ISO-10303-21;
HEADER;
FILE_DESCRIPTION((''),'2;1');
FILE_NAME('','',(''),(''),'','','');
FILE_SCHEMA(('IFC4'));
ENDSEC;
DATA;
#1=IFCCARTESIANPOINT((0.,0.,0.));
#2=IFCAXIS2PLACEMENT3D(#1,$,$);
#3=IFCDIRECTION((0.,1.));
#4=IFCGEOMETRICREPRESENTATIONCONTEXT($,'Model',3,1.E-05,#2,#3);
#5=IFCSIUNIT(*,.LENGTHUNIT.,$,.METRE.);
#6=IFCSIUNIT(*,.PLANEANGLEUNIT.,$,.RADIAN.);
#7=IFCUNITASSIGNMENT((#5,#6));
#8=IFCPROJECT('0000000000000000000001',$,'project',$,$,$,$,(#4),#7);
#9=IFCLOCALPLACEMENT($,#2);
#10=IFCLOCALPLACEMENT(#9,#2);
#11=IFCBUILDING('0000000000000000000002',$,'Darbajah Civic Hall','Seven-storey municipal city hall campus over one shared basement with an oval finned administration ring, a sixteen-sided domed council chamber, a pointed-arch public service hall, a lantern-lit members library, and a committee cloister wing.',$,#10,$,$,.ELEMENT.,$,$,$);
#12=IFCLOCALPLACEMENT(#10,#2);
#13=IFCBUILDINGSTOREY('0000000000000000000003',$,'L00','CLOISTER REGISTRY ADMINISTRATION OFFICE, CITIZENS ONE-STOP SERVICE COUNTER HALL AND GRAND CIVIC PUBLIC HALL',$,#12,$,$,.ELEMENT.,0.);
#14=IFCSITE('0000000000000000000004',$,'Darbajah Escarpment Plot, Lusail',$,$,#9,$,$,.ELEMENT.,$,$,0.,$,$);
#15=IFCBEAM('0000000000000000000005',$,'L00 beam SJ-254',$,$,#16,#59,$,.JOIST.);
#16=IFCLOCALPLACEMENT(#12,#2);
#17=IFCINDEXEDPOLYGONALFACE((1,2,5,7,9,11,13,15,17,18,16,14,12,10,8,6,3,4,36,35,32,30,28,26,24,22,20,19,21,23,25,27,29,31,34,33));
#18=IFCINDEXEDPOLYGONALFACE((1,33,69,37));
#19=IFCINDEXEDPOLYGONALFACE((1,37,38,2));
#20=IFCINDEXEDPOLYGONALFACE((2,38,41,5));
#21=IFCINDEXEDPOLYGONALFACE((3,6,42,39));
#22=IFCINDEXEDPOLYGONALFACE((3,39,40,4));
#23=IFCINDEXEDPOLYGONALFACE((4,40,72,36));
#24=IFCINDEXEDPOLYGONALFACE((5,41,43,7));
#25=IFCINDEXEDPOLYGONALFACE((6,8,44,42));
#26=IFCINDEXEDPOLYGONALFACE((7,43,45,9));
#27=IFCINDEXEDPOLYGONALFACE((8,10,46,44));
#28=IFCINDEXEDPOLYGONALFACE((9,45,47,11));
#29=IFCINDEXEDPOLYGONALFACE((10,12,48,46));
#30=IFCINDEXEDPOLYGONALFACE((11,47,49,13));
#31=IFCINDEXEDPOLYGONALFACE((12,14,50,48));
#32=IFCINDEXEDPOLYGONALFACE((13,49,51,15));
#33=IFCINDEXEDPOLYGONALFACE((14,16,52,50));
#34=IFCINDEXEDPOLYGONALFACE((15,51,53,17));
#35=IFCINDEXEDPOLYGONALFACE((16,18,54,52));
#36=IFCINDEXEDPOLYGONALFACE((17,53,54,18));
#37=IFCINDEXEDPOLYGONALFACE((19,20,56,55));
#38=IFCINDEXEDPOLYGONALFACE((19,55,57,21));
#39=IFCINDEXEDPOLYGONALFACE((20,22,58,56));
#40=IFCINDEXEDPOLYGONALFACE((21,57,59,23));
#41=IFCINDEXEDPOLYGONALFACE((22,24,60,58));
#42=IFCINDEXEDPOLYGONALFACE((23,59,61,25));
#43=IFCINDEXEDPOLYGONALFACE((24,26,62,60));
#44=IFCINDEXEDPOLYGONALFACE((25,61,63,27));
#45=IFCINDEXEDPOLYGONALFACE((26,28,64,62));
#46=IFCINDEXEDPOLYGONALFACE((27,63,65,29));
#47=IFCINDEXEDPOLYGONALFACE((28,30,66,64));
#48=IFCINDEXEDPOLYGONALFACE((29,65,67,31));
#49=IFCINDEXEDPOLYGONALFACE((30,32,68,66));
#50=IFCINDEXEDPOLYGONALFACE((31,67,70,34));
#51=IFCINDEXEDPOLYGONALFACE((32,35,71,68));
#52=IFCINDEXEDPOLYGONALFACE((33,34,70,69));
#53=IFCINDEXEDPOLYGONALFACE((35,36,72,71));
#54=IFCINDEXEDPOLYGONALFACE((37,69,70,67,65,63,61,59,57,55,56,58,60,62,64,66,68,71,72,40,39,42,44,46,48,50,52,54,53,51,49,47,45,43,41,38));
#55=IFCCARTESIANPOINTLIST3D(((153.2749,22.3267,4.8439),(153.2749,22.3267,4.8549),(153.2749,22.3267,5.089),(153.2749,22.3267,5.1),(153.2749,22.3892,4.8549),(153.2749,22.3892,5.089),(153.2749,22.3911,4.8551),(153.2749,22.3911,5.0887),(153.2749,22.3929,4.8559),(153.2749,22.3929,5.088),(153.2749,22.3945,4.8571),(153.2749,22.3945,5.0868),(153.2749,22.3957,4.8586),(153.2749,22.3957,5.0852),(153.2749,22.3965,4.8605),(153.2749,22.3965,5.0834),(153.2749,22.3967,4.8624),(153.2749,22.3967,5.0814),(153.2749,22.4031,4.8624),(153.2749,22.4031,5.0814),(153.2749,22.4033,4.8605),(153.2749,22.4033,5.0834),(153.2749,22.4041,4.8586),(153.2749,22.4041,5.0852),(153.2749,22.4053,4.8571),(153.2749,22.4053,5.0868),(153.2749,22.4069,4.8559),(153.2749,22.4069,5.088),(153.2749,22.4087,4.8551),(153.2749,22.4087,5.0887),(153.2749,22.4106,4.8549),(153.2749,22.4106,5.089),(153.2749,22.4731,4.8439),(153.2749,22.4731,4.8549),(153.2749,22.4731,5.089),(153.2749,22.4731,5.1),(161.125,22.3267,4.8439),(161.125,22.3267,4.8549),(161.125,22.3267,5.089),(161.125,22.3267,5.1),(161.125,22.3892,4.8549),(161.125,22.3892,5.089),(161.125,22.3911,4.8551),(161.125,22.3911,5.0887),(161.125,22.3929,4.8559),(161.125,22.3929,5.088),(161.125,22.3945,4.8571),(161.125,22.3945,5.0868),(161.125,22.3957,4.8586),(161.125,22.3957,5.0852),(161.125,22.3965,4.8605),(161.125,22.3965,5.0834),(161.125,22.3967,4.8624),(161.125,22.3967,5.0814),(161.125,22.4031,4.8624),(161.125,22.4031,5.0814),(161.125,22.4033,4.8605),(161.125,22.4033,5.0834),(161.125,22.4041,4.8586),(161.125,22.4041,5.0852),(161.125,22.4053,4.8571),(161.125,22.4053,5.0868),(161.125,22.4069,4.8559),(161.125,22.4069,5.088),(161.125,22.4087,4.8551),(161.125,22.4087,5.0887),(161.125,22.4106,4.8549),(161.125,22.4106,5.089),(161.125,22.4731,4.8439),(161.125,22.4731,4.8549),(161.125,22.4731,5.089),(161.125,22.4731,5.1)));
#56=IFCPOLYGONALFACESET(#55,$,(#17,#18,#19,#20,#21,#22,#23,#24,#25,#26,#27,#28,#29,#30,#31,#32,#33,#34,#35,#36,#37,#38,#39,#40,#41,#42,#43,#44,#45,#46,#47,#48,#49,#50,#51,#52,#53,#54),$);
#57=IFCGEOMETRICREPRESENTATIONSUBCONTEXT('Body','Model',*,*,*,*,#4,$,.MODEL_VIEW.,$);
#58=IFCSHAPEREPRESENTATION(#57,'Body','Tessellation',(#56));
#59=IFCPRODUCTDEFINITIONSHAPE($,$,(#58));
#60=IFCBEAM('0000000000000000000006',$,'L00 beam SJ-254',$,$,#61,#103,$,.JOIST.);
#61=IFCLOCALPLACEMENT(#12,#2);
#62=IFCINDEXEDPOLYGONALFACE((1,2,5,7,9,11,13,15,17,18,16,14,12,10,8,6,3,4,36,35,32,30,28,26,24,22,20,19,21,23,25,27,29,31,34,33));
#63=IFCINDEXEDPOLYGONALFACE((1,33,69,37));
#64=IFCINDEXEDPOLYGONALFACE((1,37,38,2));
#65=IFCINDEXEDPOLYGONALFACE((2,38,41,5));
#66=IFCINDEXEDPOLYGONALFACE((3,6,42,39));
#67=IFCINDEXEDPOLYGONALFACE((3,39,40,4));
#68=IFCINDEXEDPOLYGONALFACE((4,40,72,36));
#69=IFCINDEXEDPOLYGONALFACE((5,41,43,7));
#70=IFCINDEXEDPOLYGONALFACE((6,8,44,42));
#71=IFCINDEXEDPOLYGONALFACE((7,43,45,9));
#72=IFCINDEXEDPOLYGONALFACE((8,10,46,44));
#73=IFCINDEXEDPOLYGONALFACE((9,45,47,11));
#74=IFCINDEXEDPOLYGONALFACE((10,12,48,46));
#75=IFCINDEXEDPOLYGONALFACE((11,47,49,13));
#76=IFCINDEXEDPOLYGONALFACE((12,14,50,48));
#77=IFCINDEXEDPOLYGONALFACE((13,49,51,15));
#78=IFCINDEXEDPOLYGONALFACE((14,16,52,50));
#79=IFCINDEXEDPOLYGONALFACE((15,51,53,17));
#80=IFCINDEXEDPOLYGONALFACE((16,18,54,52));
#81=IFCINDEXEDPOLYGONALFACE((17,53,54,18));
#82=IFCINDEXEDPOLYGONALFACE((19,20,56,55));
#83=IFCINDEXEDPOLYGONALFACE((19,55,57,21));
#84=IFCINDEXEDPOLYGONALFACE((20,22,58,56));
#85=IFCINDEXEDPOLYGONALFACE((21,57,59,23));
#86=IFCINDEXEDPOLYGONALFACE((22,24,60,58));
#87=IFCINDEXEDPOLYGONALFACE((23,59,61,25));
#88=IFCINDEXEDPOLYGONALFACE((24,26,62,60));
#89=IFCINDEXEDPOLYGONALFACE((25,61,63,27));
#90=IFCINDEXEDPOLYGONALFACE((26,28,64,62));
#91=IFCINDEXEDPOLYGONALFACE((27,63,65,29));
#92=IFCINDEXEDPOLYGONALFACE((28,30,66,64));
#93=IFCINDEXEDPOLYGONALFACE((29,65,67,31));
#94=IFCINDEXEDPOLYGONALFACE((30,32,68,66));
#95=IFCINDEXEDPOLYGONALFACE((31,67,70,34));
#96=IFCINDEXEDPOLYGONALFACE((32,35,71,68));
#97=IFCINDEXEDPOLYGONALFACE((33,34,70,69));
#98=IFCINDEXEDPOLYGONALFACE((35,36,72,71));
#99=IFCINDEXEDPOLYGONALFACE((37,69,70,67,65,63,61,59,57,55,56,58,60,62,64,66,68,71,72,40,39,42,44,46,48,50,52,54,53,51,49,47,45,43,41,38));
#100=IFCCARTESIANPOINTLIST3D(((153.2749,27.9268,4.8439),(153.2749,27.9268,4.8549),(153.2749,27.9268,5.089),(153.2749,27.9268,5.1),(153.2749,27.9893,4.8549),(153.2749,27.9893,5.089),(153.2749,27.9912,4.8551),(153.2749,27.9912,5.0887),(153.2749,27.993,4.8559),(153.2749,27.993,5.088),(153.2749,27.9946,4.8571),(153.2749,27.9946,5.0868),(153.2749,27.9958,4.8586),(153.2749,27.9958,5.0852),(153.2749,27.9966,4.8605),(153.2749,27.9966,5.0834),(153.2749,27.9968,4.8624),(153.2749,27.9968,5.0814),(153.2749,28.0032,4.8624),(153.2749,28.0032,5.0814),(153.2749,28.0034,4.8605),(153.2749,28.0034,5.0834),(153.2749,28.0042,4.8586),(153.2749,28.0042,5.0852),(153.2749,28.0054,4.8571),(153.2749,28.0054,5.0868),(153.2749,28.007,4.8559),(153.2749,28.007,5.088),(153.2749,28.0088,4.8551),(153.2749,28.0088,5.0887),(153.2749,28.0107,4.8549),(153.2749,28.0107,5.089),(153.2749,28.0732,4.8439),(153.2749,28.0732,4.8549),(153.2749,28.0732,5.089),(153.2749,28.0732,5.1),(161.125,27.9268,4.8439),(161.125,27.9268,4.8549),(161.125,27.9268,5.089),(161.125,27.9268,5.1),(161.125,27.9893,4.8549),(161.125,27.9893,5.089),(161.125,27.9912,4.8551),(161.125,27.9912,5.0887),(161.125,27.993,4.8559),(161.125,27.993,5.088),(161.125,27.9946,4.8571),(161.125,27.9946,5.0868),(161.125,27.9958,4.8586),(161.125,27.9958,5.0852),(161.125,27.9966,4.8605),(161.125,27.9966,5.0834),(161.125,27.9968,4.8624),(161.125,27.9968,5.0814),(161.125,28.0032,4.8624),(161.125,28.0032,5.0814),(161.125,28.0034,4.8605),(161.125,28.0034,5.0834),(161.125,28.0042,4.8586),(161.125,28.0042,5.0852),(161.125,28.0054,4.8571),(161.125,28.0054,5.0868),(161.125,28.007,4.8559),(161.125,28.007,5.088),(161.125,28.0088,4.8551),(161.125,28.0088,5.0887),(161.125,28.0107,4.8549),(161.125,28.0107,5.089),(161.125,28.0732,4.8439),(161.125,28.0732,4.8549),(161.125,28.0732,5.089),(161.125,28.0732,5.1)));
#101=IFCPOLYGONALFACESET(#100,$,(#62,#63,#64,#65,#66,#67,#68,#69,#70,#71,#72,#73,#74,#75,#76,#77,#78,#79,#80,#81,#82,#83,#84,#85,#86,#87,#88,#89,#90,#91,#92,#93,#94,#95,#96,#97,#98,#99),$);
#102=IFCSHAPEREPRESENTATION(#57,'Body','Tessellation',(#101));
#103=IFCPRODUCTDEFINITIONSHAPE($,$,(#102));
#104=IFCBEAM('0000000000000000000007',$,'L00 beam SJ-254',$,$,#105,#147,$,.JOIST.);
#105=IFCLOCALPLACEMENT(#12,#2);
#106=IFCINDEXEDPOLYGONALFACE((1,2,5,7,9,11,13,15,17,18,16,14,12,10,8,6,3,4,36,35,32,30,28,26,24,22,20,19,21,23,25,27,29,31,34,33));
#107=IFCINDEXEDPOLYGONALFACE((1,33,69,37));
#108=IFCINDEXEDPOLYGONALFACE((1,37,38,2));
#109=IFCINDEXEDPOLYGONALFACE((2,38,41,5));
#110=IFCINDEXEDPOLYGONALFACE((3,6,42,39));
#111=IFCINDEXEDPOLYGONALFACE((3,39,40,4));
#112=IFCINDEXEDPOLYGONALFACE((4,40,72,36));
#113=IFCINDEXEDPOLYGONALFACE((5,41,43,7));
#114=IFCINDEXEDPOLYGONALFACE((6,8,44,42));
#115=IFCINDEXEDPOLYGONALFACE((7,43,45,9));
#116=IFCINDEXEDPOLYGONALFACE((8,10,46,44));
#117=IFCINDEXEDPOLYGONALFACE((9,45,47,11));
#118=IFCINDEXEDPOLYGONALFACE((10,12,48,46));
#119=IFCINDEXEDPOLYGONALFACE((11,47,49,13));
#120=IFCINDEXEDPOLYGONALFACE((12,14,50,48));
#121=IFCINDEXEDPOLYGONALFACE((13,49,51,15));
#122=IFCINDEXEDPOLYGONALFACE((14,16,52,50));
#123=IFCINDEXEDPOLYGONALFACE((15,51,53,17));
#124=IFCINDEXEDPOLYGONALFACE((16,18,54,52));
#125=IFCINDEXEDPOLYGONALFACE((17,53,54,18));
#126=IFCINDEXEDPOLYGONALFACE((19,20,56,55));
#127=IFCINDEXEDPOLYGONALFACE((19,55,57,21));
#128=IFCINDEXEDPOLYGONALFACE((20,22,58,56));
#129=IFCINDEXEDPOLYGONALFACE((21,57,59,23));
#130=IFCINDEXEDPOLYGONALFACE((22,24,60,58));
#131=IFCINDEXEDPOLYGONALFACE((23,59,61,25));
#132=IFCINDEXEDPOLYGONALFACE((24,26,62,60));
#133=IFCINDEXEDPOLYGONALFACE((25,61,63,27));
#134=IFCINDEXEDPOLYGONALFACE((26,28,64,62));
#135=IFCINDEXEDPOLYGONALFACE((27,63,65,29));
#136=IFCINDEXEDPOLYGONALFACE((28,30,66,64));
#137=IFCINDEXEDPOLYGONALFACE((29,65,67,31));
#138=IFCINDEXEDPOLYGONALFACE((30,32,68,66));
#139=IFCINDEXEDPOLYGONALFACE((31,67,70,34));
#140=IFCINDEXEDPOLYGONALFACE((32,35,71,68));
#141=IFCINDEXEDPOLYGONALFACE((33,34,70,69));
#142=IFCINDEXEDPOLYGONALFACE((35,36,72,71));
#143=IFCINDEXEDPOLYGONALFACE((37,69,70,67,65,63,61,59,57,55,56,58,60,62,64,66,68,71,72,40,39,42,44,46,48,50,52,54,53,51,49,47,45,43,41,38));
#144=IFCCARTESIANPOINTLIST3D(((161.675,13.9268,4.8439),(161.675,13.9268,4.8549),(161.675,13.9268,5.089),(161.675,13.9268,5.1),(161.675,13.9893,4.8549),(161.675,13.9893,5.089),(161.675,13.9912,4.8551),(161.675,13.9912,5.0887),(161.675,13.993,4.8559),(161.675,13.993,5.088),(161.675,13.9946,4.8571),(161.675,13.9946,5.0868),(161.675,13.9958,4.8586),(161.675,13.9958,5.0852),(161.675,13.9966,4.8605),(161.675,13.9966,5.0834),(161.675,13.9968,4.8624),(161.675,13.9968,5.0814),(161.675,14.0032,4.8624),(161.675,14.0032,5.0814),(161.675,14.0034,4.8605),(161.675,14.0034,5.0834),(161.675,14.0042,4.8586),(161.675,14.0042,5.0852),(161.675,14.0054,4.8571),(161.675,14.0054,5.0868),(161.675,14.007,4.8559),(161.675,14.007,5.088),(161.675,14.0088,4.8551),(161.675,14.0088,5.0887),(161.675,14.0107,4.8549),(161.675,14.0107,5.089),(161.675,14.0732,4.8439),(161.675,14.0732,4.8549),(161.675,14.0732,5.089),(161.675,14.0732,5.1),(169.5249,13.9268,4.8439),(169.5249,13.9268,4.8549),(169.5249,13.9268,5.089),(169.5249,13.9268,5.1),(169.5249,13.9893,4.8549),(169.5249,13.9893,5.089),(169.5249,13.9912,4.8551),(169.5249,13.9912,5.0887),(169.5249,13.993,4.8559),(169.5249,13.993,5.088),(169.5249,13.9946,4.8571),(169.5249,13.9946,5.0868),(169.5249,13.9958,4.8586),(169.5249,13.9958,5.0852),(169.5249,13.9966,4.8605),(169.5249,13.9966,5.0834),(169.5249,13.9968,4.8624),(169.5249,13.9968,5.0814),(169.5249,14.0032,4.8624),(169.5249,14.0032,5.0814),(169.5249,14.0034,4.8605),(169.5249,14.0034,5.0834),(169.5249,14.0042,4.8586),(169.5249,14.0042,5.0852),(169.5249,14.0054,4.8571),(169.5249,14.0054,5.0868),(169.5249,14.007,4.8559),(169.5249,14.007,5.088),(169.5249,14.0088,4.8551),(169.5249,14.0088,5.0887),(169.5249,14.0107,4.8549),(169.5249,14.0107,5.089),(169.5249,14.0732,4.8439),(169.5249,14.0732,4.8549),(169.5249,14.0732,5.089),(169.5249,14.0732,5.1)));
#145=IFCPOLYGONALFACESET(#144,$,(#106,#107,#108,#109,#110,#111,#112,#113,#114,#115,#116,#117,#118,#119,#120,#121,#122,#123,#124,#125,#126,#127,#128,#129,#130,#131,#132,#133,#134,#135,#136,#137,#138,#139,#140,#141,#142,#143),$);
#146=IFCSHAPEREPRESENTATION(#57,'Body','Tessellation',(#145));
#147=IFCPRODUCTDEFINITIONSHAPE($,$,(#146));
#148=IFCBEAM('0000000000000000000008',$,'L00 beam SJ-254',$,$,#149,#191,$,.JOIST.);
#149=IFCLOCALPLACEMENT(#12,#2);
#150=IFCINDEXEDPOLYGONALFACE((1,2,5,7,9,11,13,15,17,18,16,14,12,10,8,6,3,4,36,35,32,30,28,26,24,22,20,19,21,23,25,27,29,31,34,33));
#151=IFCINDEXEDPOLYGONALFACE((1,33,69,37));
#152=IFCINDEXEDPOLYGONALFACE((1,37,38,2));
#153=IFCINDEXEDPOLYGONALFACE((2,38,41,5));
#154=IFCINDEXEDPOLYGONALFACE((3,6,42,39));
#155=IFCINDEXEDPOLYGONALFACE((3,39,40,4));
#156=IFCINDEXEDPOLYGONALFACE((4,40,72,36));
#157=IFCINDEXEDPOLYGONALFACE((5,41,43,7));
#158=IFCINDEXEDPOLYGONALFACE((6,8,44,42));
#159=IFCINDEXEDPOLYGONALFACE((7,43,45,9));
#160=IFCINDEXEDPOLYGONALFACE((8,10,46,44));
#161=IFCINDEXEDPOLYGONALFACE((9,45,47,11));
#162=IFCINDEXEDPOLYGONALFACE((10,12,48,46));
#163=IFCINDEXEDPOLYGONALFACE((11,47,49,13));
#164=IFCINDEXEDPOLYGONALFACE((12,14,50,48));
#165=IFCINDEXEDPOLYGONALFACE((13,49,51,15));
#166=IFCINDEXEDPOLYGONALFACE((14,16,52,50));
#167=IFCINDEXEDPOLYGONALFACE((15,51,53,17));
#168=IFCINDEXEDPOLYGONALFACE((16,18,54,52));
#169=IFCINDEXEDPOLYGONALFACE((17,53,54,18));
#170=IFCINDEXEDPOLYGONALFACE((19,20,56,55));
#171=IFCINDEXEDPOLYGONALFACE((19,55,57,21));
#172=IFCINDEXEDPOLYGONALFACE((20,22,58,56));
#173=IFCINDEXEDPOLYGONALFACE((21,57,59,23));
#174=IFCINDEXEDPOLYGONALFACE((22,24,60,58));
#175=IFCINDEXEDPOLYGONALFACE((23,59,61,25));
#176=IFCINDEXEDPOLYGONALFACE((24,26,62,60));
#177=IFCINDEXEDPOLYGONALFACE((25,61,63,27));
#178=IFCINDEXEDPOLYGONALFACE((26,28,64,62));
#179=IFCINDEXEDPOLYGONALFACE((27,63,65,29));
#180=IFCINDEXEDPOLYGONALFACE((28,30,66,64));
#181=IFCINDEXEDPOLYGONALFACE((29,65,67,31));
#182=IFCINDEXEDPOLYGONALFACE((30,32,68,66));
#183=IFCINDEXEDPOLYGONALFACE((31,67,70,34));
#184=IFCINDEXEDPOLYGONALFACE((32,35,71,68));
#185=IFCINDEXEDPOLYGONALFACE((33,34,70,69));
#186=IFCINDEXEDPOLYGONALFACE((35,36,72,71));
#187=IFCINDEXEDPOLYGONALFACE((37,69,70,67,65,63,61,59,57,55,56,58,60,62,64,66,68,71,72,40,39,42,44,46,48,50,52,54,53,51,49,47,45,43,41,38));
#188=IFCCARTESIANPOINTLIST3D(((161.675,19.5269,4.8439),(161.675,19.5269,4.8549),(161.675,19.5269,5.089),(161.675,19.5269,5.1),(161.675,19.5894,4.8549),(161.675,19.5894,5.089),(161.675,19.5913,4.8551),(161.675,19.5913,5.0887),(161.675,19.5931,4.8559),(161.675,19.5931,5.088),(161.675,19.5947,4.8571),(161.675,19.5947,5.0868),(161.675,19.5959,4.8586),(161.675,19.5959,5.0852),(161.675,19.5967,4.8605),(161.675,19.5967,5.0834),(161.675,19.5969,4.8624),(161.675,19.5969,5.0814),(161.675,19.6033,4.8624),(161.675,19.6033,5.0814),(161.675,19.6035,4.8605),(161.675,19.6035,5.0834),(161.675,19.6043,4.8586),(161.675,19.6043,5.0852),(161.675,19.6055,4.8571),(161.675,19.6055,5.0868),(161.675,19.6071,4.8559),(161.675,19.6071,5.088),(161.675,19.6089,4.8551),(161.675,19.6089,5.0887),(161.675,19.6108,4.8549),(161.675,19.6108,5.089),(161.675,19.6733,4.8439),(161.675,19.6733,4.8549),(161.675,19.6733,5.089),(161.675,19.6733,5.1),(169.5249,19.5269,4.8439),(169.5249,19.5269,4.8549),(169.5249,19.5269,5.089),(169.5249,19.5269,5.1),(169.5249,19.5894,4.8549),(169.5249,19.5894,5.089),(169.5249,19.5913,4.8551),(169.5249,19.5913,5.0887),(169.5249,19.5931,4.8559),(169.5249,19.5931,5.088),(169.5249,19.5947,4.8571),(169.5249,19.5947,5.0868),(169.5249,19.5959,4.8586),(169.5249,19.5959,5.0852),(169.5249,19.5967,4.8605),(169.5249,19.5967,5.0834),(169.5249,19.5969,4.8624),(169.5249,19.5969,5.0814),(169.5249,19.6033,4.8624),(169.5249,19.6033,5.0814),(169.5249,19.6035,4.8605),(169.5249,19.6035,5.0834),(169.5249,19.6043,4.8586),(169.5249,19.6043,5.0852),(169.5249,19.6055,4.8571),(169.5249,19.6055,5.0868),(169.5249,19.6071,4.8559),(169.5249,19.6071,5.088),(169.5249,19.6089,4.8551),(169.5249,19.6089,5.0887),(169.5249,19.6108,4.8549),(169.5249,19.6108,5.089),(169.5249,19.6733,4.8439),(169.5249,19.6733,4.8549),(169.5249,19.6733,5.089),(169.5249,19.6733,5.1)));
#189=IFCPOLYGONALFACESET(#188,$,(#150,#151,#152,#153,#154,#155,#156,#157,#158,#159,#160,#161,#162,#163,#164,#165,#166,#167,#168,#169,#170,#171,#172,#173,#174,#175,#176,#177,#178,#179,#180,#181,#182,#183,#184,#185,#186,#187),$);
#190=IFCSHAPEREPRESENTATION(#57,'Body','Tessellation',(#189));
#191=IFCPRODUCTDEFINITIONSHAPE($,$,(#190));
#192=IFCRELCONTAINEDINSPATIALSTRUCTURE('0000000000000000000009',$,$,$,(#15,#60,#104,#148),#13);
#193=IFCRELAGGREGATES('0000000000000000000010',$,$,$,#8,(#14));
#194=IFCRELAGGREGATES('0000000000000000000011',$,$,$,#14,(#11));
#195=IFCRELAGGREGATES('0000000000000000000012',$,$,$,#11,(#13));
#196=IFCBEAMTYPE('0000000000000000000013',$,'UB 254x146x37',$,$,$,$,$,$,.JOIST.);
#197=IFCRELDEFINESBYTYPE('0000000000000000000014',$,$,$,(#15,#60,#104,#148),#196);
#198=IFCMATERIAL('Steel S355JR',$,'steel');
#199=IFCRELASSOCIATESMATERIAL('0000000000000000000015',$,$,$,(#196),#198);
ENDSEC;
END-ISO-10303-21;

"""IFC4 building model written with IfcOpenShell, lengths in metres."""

from ifc_helpers import new_model, si_unit, direction, frame, origin, origin_2d, place, context, subcontext, project, spatial, i_section, extrude, material, material_profile, profile_set, type_object, element, save


model = new_model("IFC4")

# Units and contexts
model_context = context("Model", 3, precision=1e-05, world=origin(), true_north=direction((0.0, 1.0)))
body_context = subcontext(model_context, "Body", "Model", "MODEL_VIEW")
ifc_project = project(units=[si_unit("LENGTHUNIT", "METRE"), si_unit("PLANEANGLEUNIT", "RADIAN")], contexts=[model_context])

# Site, building, storey
site_placement = place(None, origin())
site = spatial("IfcSite", under=ifc_project, at=site_placement, Name="Darbajah Escarpment Plot, Lusail", CompositionType="ELEMENT", RefElevation=0.0)
building_placement = place(site_placement, origin())
building = spatial("IfcBuilding", under=site, at=building_placement, Name="Darbajah Civic Hall", Description="Seven-storey municipal city hall campus over one shared basement with an oval finned administration ring, a sixteen-sided domed council chamber, a pointed-arch public service hall, a lantern-lit members library, and a committee cloister wing.", CompositionType="ELEMENT")
storey_placement = place(building_placement, origin())
storey = spatial("IfcBuildingStorey", under=building, at=storey_placement, Name="L00", Description="CLOISTER REGISTRY ADMINISTRATION OFFICE, CITIZENS ONE-STOP SERVICE COUNTER HALL AND GRAND CIVIC PUBLIC HALL", CompositionType="ELEMENT", Elevation=0.0)

# Beams
ifc_material_1 = material(Name="Steel S355JR", Category="steel")
ifc_material_profile_1 = material_profile(ifc_material_1, i_section(OverallWidth=0.1465, OverallDepth=0.2561, WebThickness=0.0063, FlangeThickness=0.011, FilletRadius=0.0076, at=origin_2d()), Name="UB 254x146x37")
ifc_profile_set_1 = profile_set([ifc_material_profile_1], Name="Steel S355JR")
beam_type_1 = type_object("IfcBeamType", Name="UB 254x146x37", PredefinedType="JOIST", material=ifc_profile_set_1)
for number, where, z_axis, x_axis, name in (
    (1, (153.2749, 22.3999, 4.9719), (1.0, 0.0, 0.0), (0.0, 1.0, 0.0), "L00 beam SJ-254"),
    (2, (153.2749, 28.0, 4.9719), (1.0, 0.0, 0.0), (0.0, 1.0, 0.0), "L00 beam SJ-254"),
):
    element("IfcBeam", number, at=place(storey_placement, frame(where, z_axis=z_axis, x_axis=x_axis)), inside=storey, type_object=beam_type_1, Name=name, PredefinedType="JOIST", context=body_context, shape_type="SweptSolid", body=[
        extrude(i_section(OverallWidth=0.1465, OverallDepth=0.2561, WebThickness=0.0063, FlangeThickness=0.011, FilletRadius=0.0076, at=origin_2d()), origin(), (0.0, 0.0, 1.0), 7.8501),
    ])
for number, where, z_axis, x_axis, name in (
    (3, (161.675, 14.0, 4.9719), (1.0, 0.0, 0.0), (0.0, 1.0, 0.0), "L00 beam SJ-254"),
    (4, (161.675, 19.6001, 4.9719), (1.0, 0.0, 0.0), (0.0, 1.0, 0.0), "L00 beam SJ-254"),
):
    element("IfcBeam", number, at=place(storey_placement, frame(where, z_axis=z_axis, x_axis=x_axis)), inside=storey, type_object=beam_type_1, Name=name, PredefinedType="JOIST", context=body_context, shape_type="SweptSolid", body=[
        extrude(i_section(OverallWidth=0.1465, OverallDepth=0.2561, WebThickness=0.0063, FlangeThickness=0.011, FilletRadius=0.0076, at=origin_2d()), origin(), (0.0, 0.0, 1.0), 7.8499),
    ])

save(model, "model.ifc")
